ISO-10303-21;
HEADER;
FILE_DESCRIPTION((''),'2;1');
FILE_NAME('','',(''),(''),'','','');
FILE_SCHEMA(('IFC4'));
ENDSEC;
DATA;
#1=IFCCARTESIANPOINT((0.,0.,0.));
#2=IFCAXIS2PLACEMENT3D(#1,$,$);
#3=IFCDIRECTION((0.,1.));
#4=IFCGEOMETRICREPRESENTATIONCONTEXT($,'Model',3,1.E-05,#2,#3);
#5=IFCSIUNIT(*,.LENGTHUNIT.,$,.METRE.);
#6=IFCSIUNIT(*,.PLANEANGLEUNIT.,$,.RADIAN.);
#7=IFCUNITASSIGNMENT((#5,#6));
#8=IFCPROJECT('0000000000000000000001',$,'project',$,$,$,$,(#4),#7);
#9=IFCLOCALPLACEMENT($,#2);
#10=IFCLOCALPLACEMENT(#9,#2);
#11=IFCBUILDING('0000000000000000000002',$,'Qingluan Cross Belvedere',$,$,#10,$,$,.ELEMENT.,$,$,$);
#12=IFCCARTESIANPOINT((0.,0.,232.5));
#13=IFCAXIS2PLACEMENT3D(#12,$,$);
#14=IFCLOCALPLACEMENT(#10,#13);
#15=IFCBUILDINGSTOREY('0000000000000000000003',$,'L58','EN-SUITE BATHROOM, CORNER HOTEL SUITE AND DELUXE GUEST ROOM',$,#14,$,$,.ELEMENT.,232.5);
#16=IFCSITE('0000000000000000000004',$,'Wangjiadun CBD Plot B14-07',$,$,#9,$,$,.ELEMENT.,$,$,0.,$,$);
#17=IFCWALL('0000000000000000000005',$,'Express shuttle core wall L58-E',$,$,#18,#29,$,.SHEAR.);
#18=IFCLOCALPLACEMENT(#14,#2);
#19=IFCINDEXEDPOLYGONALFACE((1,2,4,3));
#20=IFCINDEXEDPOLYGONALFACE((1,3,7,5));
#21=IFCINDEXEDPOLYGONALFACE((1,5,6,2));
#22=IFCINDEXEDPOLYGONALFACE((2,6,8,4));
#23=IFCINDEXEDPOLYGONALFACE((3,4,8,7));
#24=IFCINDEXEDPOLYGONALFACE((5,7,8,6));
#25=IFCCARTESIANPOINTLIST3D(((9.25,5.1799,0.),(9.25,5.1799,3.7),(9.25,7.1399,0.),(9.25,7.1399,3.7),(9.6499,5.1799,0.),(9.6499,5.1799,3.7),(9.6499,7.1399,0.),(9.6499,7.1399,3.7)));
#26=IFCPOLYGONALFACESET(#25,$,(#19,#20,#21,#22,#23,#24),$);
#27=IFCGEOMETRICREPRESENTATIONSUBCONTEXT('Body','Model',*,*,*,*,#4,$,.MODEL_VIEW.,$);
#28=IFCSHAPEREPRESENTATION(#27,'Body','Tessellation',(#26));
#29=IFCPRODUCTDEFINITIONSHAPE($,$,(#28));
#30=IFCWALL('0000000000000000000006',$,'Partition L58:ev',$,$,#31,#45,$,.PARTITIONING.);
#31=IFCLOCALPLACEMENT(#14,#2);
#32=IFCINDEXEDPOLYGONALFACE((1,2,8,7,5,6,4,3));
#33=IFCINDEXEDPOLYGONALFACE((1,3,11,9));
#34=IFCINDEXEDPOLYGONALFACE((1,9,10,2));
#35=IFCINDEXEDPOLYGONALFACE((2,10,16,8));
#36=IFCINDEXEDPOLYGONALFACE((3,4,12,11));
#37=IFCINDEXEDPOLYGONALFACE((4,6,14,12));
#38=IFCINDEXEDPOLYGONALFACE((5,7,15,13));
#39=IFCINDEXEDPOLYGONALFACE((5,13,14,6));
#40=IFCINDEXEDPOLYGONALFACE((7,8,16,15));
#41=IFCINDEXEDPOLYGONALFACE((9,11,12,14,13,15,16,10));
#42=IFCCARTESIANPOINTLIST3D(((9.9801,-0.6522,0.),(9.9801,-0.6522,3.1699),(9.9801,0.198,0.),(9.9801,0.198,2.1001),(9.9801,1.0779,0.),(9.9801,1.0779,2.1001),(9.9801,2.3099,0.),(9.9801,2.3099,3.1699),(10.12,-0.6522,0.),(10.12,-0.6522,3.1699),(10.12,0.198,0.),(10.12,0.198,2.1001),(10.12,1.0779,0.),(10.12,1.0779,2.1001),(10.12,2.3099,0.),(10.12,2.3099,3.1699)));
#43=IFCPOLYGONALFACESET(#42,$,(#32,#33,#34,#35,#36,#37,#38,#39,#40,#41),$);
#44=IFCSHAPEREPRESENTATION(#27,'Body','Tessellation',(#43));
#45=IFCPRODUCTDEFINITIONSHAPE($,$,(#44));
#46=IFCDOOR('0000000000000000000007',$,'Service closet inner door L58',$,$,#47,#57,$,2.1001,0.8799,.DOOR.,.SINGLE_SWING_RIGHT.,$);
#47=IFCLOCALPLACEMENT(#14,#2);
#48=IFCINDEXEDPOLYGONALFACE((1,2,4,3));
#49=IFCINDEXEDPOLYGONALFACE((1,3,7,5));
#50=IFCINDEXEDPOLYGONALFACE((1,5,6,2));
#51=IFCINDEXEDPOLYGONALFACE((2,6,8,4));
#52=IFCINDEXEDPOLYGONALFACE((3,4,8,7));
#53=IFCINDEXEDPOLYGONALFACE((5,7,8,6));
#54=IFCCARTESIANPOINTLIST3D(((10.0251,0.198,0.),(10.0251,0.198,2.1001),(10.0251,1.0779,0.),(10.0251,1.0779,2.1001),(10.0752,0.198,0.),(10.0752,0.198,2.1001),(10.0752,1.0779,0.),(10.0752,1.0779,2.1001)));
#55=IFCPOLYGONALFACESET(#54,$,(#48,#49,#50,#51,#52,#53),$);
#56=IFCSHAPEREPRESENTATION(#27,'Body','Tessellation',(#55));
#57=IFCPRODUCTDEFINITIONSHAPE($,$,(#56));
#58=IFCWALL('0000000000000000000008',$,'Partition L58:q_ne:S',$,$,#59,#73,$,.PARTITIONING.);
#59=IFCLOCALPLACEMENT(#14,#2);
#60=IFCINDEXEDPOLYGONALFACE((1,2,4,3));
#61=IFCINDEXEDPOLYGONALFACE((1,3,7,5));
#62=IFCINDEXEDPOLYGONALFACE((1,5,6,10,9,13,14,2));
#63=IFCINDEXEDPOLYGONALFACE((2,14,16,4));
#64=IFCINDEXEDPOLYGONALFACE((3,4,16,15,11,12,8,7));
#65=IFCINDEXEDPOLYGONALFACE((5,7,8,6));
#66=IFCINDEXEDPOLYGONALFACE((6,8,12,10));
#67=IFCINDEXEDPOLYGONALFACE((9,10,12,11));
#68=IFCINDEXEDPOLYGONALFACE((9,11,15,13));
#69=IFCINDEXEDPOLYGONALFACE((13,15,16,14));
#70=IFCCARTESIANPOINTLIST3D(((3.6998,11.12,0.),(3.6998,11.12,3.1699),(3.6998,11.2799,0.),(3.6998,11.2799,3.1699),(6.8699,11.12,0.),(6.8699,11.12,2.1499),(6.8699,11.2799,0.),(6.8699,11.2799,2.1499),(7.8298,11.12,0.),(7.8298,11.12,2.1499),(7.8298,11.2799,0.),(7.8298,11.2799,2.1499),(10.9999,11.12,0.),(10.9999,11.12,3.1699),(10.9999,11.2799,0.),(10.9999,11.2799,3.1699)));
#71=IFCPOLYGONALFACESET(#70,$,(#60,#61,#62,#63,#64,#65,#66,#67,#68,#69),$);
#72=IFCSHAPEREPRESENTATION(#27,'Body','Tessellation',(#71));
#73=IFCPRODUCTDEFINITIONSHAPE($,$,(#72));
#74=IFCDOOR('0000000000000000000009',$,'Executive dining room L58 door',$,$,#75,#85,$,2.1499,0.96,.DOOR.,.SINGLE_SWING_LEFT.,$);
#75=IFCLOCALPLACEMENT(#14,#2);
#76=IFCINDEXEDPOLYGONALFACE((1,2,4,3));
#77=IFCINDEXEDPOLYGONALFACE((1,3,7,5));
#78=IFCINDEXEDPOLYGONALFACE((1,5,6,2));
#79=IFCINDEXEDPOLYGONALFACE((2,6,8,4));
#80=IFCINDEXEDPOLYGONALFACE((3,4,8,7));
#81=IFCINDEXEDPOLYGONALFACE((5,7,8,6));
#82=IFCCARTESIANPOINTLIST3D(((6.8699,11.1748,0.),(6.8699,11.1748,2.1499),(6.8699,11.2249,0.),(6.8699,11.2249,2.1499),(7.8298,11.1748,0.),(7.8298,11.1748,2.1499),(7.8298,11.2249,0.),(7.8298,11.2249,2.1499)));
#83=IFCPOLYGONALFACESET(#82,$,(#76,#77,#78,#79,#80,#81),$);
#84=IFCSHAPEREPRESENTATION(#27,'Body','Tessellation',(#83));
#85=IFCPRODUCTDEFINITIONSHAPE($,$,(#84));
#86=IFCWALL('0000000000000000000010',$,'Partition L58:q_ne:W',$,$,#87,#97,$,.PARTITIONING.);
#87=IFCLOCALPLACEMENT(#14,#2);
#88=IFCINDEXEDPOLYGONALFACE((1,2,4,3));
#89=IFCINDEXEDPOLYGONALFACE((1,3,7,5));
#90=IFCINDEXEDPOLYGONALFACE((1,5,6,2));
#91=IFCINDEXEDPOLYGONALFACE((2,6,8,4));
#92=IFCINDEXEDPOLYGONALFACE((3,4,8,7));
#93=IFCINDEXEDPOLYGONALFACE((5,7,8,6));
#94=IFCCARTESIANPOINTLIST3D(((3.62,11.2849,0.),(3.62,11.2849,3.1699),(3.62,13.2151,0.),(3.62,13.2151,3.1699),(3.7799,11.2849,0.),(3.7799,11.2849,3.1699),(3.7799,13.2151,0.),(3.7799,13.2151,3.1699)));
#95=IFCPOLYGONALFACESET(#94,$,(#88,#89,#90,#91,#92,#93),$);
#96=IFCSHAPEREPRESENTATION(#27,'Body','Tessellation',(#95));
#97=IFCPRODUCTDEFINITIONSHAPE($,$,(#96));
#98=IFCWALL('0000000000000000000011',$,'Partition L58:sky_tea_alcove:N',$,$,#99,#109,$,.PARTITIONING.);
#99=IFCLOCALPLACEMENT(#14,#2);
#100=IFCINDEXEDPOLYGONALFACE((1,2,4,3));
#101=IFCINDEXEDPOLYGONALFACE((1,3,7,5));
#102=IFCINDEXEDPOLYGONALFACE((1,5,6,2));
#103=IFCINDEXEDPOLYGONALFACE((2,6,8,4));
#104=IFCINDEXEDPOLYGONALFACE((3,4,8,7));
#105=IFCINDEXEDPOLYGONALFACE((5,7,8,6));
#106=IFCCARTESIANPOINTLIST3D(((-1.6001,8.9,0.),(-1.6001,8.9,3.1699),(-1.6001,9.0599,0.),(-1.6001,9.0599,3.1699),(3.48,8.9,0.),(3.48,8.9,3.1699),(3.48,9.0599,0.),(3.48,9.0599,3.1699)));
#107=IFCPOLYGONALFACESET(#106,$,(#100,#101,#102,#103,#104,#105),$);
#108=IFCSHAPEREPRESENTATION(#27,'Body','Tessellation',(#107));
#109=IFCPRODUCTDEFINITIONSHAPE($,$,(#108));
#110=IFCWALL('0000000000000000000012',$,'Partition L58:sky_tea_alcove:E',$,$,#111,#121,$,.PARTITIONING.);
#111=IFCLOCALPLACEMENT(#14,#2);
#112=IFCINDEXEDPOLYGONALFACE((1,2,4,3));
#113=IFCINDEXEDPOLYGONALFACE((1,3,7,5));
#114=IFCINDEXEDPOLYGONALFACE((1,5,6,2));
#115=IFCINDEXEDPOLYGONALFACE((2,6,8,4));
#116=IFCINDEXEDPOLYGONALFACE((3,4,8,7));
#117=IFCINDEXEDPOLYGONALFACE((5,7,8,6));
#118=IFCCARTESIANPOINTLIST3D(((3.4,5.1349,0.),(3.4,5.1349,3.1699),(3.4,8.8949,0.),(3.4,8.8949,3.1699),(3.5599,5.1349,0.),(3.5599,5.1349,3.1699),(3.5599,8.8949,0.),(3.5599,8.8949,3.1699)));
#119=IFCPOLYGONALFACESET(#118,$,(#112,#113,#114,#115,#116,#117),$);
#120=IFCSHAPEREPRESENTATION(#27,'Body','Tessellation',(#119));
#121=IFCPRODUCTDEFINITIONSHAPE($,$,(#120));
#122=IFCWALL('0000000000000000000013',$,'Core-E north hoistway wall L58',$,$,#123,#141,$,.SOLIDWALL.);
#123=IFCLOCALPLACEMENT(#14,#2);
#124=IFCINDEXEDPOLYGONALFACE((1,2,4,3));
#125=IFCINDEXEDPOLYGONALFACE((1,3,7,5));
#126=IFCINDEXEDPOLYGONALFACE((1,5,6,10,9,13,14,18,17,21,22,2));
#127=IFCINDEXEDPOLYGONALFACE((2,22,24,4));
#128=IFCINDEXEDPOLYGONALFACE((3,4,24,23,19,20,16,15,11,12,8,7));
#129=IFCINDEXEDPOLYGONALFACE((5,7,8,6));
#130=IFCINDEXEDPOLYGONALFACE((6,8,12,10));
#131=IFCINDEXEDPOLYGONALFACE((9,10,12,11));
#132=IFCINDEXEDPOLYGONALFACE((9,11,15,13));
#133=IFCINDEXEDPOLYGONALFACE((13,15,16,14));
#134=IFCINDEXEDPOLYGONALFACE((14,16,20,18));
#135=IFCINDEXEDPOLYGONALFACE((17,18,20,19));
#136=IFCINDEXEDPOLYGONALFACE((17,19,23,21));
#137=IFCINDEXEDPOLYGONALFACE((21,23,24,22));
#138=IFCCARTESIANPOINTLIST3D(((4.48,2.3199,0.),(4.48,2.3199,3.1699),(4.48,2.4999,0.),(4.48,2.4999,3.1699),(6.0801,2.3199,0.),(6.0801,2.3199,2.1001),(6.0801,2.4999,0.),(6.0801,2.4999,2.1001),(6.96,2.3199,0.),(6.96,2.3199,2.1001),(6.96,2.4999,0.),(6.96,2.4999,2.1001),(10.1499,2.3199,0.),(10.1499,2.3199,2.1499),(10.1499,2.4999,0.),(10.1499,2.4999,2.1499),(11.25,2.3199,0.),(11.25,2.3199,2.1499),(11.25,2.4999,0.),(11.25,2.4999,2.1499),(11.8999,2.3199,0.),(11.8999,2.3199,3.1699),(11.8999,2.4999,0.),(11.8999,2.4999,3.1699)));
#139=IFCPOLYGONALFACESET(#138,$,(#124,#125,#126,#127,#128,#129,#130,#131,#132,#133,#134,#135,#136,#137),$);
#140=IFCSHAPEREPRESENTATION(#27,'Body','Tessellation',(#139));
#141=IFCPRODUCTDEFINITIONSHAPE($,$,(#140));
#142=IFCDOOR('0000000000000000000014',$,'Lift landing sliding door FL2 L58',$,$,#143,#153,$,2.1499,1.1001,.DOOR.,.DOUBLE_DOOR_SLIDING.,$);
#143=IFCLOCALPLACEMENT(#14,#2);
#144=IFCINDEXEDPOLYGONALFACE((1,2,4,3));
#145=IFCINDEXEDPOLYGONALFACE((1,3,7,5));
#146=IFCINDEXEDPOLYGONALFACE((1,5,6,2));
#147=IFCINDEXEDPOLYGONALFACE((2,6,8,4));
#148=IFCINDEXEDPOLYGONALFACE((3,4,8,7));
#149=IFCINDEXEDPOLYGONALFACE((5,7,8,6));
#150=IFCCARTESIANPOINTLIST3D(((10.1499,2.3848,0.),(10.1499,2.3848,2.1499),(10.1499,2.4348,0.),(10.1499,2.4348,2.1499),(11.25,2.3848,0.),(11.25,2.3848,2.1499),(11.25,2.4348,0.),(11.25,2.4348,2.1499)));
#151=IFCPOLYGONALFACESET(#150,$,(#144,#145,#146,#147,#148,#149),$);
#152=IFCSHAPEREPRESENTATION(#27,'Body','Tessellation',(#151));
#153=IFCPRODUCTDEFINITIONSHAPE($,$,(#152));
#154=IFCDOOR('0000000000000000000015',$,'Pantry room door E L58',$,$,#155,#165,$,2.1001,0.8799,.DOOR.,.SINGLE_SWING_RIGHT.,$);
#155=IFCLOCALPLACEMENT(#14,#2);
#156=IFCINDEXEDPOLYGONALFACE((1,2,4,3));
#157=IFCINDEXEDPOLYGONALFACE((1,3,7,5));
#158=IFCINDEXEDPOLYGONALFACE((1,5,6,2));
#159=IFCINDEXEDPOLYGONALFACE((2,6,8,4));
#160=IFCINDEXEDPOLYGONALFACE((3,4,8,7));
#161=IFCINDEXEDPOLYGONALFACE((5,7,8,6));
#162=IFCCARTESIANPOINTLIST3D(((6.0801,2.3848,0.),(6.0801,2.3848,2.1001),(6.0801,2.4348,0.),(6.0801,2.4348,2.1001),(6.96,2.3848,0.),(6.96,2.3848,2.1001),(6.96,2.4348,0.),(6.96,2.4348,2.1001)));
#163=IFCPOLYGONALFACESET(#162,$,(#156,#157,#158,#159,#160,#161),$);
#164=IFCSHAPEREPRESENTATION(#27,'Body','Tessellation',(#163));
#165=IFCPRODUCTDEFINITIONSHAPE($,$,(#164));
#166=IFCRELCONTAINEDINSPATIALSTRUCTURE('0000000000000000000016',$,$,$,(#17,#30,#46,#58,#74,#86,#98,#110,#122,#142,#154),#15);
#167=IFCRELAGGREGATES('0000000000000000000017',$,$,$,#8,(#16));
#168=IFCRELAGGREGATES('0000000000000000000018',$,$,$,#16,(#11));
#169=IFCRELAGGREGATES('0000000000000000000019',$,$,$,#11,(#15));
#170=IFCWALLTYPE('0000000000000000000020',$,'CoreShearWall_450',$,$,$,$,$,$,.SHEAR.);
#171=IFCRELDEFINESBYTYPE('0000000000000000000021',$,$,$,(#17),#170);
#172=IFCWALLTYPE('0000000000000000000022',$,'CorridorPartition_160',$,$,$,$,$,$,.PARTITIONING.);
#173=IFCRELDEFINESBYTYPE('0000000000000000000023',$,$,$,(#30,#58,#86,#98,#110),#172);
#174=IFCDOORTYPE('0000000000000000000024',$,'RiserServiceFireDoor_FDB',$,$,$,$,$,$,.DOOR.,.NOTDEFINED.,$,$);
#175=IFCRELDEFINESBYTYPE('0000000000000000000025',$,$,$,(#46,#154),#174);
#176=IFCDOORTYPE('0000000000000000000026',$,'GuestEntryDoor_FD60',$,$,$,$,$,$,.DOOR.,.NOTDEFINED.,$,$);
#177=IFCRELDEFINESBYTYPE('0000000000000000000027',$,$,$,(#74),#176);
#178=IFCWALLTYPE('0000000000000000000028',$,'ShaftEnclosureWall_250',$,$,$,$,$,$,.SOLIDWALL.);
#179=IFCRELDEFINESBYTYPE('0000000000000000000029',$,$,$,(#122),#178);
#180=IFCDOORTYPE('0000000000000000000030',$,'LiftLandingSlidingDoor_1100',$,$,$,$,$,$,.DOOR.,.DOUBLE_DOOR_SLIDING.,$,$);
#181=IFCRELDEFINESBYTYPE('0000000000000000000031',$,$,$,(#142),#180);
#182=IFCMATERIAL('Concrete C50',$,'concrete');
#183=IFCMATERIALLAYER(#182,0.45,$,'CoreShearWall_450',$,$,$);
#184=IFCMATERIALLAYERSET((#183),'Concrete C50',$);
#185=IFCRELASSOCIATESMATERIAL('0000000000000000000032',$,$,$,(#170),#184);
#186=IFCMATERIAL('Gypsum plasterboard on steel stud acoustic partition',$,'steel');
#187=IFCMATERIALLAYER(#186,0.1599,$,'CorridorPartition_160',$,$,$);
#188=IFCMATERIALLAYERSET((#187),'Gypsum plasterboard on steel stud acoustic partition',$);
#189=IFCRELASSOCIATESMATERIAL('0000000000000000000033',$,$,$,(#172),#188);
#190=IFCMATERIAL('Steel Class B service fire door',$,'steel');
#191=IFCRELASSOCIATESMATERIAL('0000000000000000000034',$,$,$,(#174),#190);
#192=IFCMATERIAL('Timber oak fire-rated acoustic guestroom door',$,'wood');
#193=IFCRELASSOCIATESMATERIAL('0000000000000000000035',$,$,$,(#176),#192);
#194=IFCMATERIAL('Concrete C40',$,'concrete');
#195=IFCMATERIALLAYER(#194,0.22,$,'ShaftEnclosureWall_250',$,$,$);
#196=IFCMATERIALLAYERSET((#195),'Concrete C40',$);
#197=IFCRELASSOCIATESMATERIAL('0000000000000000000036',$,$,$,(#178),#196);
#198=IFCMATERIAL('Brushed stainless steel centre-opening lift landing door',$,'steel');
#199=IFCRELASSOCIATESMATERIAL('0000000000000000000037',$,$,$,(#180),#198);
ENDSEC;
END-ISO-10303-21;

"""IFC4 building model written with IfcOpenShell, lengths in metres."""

from ifc_helpers import new_model, si_unit, direction, frame, frame_2d, origin, place, context, subcontext, project, spatial, rectangle, extrude, material, layer, layer_set, type_object, element, fill, save


model = new_model("IFC4")

# Units and contexts
model_context = context("Model", 3, precision=1e-05, world=origin(), true_north=direction((0.0, 1.0)))
body_context = subcontext(model_context, "Body", "Model", "MODEL_VIEW")
ifc_project = project(units=[si_unit("LENGTHUNIT", "METRE"), si_unit("PLANEANGLEUNIT", "RADIAN")], contexts=[model_context])

# Site, building, storey
site_placement = place(None, origin())
site = spatial("IfcSite", under=ifc_project, at=site_placement, Name="Wangjiadun CBD Plot B14-07", CompositionType="ELEMENT", RefElevation=0.0)
building_placement = place(site_placement, origin())
building = spatial("IfcBuilding", under=site, at=building_placement, Name="Qingluan Cross Belvedere", CompositionType="ELEMENT")
storey_placement = place(building_placement, frame((0.0, 0.0, 232.5)))
storey = spatial("IfcBuildingStorey", under=building, at=storey_placement, Name="L58", Description="EN-SUITE BATHROOM, CORNER HOTEL SUITE AND DELUXE GUEST ROOM", CompositionType="ELEMENT", Elevation=232.5)

# Wall
ifc_material_1 = material(Name="Concrete C50", Category="concrete")
ifc_layer_1 = layer(ifc_material_1, 0.45, Name="CoreShearWall_450")
ifc_layer_set_1 = layer_set([ifc_layer_1], Name="Concrete C50")
wall_type_1 = type_object("IfcWallType", Name="CoreShearWall_450", PredefinedType="SHEAR", material=ifc_layer_set_1)
wall_1_placement = place(storey_placement, frame((9.45, 5.1799, 0.0), z_axis=(0.0, 0.0, 1.0), x_axis=(0.0, 1.0, 0.0)))
element("IfcWall", 1, at=wall_1_placement, inside=storey, type_object=wall_type_1, Name="Express shuttle core wall L58-E", PredefinedType="SHEAR", context=body_context, shape_type="SweptSolid", body=[
    extrude(rectangle(XDim=1.96, YDim=0.3999, at=frame_2d((0.98, 0.0))), origin(), (0.0, 0.0, 1.0), 3.7),
])

# Walls, openings, doors
ifc_material_2 = material(Name="Gypsum plasterboard on steel stud acoustic partition", Category="steel")
ifc_layer_2 = layer(ifc_material_2, 0.1599, Name="CorridorPartition_160")
ifc_layer_set_2 = layer_set([ifc_layer_2], Name="Gypsum plasterboard on steel stud acoustic partition")
wall_type_2 = type_object("IfcWallType", Name="CorridorPartition_160", PredefinedType="PARTITIONING", material=ifc_layer_set_2)
wall_2_placement = place(storey_placement, frame((10.05, -0.6521, 0.0), z_axis=(0.0, 0.0, 1.0), x_axis=(0.0, 1.0, 0.0)))
wall_2 = element("IfcWall", 2, at=wall_2_placement, inside=storey, type_object=wall_type_2, Name="Partition L58:ev", PredefinedType="PARTITIONING", context=body_context, shape_type="SweptSolid", body=[
    extrude(rectangle(XDim=2.9622, YDim=0.1399, at=frame_2d((1.481, 0.0))), origin(), (0.0, 0.0, 1.0), 3.1699),
])
opening_1_placement = place(wall_2_placement, frame((0.8501, 0.0, 0.0)))
opening_1 = element("IfcOpeningElement", 3, at=opening_1_placement, cuts=wall_2, PredefinedType="OPENING", context=body_context, shape_type="SweptSolid", body=[
    extrude(rectangle(XDim=0.8799, YDim=2.1001, at=frame_2d((0.4399, 1.05))), frame((0.0, 0.0798, 0.0), z_axis=(0.0, -1.0, 0.0), x_axis=(1.0, 0.0, 0.0)), (0.0, 0.0, 1.0), 0.1599),
])
ifc_material_3 = material(Name="Steel Class B service fire door", Category="steel")
door_type_1 = type_object("IfcDoorType", Name="RiserServiceFireDoor_FDB", OperationType="NOTDEFINED", PredefinedType="DOOR", material=ifc_material_3)
door_1_placement = place(opening_1_placement, origin())
door_1 = element("IfcDoor", 4, at=door_1_placement, inside=storey, type_object=door_type_1, Name="Service closet inner door L58", OperationType="SINGLE_SWING_RIGHT", OverallHeight=2.1001, OverallWidth=0.8799, PredefinedType="DOOR", context=body_context, shape_type="SweptSolid", body=[
    extrude(rectangle(XDim=0.8799, YDim=2.1001, at=frame_2d((0.4399, 1.05))), frame((0.0, 0.0249, 0.0), z_axis=(0.0, -1.0, 0.0), x_axis=(1.0, 0.0, 0.0)), (0.0, 0.0, 1.0), 0.05),
])
fill(opening_1, door_1)
wall_3_placement = place(storey_placement, frame((3.7, 11.2, 0.0), z_axis=(0.0, 0.0, 1.0), x_axis=(1.0, 0.0, 0.0)))
wall_3 = element("IfcWall", 5, at=wall_3_placement, inside=storey, type_object=wall_type_2, Name="Partition L58:q_ne:S", PredefinedType="PARTITIONING", context=body_context, shape_type="SweptSolid", body=[
    extrude(rectangle(XDim=7.3, YDim=0.1599, at=frame_2d((3.6499, 0.0))), origin(), (0.0, 0.0, 1.0), 3.1699),
])
opening_2_placement = place(wall_3_placement, frame((3.1699, 0.0, 0.0)))
opening_2 = element("IfcOpeningElement", 6, at=opening_2_placement, cuts=wall_3, PredefinedType="OPENING", context=body_context, shape_type="SweptSolid", body=[
    extrude(rectangle(XDim=0.96, YDim=2.1499, at=frame_2d((0.48, 1.075))), frame((0.0, 0.0898, 0.0), z_axis=(0.0, -1.0, 0.0), x_axis=(1.0, 0.0, 0.0)), (0.0, 0.0, 1.0), 0.1799),
])
ifc_material_4 = material(Name="Timber oak fire-rated acoustic guestroom door", Category="wood")
door_type_2 = type_object("IfcDoorType", Name="GuestEntryDoor_FD60", OperationType="NOTDEFINED", PredefinedType="DOOR", material=ifc_material_4)
door_2_placement = place(opening_2_placement, origin())
door_2 = element("IfcDoor", 7, at=door_2_placement, inside=storey, type_object=door_type_2, Name="Executive dining room L58 door", OperationType="SINGLE_SWING_LEFT", OverallHeight=2.1499, OverallWidth=0.96, PredefinedType="DOOR", context=body_context, shape_type="SweptSolid", body=[
    extrude(rectangle(XDim=0.96, YDim=2.1499, at=frame_2d((0.48, 1.075))), frame((0.0, 0.0249, 0.0), z_axis=(0.0, -1.0, 0.0), x_axis=(1.0, 0.0, 0.0)), (0.0, 0.0, 1.0), 0.05),
])
fill(opening_2, door_2)

# Walls
wall_4_placement = place(storey_placement, frame((3.7, 11.2849, 0.0), z_axis=(0.0, 0.0, 1.0), x_axis=(0.0, 1.0, 0.0)))
element("IfcWall", 8, at=wall_4_placement, inside=storey, type_object=wall_type_2, Name="Partition L58:q_ne:W", PredefinedType="PARTITIONING", context=body_context, shape_type="SweptSolid", body=[
    extrude(rectangle(XDim=1.9302, YDim=0.1599, at=frame_2d((0.9651, 0.0))), origin(), (0.0, 0.0, 1.0), 3.1699),
])
wall_5_placement = place(storey_placement, frame((-1.6001, 8.98, 0.0), z_axis=(0.0, 0.0, 1.0), x_axis=(1.0, 0.0, 0.0)))
element("IfcWall", 9, at=wall_5_placement, inside=storey, type_object=wall_type_2, Name="Partition L58:sky_tea_alcove:N", PredefinedType="PARTITIONING", context=body_context, shape_type="SweptSolid", body=[
    extrude(rectangle(XDim=5.0801, YDim=0.1599, at=frame_2d((2.54, 0.0))), origin(), (0.0, 0.0, 1.0), 3.1699),
])
wall_6_placement = place(storey_placement, frame((3.48, 5.135, 0.0), z_axis=(0.0, 0.0, 1.0), x_axis=(0.0, 1.0, 0.0)))
element("IfcWall", 10, at=wall_6_placement, inside=storey, type_object=wall_type_2, Name="Partition L58:sky_tea_alcove:E", PredefinedType="PARTITIONING", context=body_context, shape_type="SweptSolid", body=[
    extrude(rectangle(XDim=3.76, YDim=0.1599, at=frame_2d((1.8799, 0.0))), origin(), (0.0, 0.0, 1.0), 3.1699),
])

# Wall, openings, doors
ifc_material_5 = material(Name="Concrete C40", Category="concrete")
ifc_layer_3 = layer(ifc_material_5, 0.22, Name="ShaftEnclosureWall_250")
ifc_layer_set_3 = layer_set([ifc_layer_3], Name="Concrete C40")
wall_type_3 = type_object("IfcWallType", Name="ShaftEnclosureWall_250", PredefinedType="SOLIDWALL", material=ifc_layer_set_3)
wall_7_placement = place(storey_placement, frame((4.48, 2.4099, 0.0), z_axis=(0.0, 0.0, 1.0), x_axis=(1.0, 0.0, 0.0)))
wall_7 = element("IfcWall", 11, at=wall_7_placement, inside=storey, type_object=wall_type_3, Name="Core-E north hoistway wall L58", PredefinedType="SOLIDWALL", context=body_context, shape_type="SweptSolid", body=[
    extrude(rectangle(XDim=7.4199, YDim=0.1799, at=frame_2d((3.71, 0.0))), origin(), (0.0, 0.0, 1.0), 3.1699),
])
opening_3_placement = place(wall_7_placement, frame((5.6699, 0.0, 0.0)))
opening_3 = element("IfcOpeningElement", 12, at=opening_3_placement, cuts=wall_7, PredefinedType="OPENING", context=body_context, shape_type="SweptSolid", body=[
    extrude(rectangle(XDim=1.1001, YDim=2.1499, at=frame_2d((0.55, 1.075))), frame((0.0, 0.0999, 0.0), z_axis=(0.0, -1.0, 0.0), x_axis=(1.0, 0.0, 0.0)), (0.0, 0.0, 1.0), 0.2),
])
opening_4_placement = place(wall_7_placement, frame((1.6001, 0.0, 0.0)))
opening_4 = element("IfcOpeningElement", 13, at=opening_4_placement, cuts=wall_7, PredefinedType="OPENING", context=body_context, shape_type="SweptSolid", body=[
    extrude(rectangle(XDim=0.8799, YDim=2.1001, at=frame_2d((0.4399, 1.05))), frame((0.0, 0.0999, 0.0), z_axis=(0.0, -1.0, 0.0), x_axis=(1.0, 0.0, 0.0)), (0.0, 0.0, 1.0), 0.2),
])
ifc_material_6 = material(Name="Brushed stainless steel centre-opening lift landing door", Category="steel")
door_type_3 = type_object("IfcDoorType", Name="LiftLandingSlidingDoor_1100", OperationType="DOUBLE_DOOR_SLIDING", PredefinedType="DOOR", material=ifc_material_6)
door_3_placement = place(opening_3_placement, origin())
door_3 = element("IfcDoor", 14, at=door_3_placement, inside=storey, type_object=door_type_3, Name="Lift landing sliding door FL2 L58", OperationType="DOUBLE_DOOR_SLIDING", OverallHeight=2.1499, OverallWidth=1.1001, PredefinedType="DOOR", context=body_context, shape_type="SweptSolid", body=[
    extrude(rectangle(XDim=1.1001, YDim=2.1499, at=frame_2d((0.55, 1.075))), frame((0.0, 0.0249, 0.0), z_axis=(0.0, -1.0, 0.0), x_axis=(1.0, 0.0, 0.0)), (0.0, 0.0, 1.0), 0.05),
])
fill(opening_3, door_3)
door_4_placement = place(opening_4_placement, origin())
door_4 = element("IfcDoor", 15, at=door_4_placement, inside=storey, type_object=door_type_1, Name="Pantry room door E L58", OperationType="SINGLE_SWING_RIGHT", OverallHeight=2.1001, OverallWidth=0.8799, PredefinedType="DOOR", context=body_context, shape_type="SweptSolid", body=[
    extrude(rectangle(XDim=0.8799, YDim=2.1001, at=frame_2d((0.4399, 1.05))), frame((0.0, 0.0249, 0.0), z_axis=(0.0, -1.0, 0.0), x_axis=(1.0, 0.0, 0.0)), (0.0, 0.0, 1.0), 0.05),
])
fill(opening_4, door_4)

save(model, "model.ifc")
